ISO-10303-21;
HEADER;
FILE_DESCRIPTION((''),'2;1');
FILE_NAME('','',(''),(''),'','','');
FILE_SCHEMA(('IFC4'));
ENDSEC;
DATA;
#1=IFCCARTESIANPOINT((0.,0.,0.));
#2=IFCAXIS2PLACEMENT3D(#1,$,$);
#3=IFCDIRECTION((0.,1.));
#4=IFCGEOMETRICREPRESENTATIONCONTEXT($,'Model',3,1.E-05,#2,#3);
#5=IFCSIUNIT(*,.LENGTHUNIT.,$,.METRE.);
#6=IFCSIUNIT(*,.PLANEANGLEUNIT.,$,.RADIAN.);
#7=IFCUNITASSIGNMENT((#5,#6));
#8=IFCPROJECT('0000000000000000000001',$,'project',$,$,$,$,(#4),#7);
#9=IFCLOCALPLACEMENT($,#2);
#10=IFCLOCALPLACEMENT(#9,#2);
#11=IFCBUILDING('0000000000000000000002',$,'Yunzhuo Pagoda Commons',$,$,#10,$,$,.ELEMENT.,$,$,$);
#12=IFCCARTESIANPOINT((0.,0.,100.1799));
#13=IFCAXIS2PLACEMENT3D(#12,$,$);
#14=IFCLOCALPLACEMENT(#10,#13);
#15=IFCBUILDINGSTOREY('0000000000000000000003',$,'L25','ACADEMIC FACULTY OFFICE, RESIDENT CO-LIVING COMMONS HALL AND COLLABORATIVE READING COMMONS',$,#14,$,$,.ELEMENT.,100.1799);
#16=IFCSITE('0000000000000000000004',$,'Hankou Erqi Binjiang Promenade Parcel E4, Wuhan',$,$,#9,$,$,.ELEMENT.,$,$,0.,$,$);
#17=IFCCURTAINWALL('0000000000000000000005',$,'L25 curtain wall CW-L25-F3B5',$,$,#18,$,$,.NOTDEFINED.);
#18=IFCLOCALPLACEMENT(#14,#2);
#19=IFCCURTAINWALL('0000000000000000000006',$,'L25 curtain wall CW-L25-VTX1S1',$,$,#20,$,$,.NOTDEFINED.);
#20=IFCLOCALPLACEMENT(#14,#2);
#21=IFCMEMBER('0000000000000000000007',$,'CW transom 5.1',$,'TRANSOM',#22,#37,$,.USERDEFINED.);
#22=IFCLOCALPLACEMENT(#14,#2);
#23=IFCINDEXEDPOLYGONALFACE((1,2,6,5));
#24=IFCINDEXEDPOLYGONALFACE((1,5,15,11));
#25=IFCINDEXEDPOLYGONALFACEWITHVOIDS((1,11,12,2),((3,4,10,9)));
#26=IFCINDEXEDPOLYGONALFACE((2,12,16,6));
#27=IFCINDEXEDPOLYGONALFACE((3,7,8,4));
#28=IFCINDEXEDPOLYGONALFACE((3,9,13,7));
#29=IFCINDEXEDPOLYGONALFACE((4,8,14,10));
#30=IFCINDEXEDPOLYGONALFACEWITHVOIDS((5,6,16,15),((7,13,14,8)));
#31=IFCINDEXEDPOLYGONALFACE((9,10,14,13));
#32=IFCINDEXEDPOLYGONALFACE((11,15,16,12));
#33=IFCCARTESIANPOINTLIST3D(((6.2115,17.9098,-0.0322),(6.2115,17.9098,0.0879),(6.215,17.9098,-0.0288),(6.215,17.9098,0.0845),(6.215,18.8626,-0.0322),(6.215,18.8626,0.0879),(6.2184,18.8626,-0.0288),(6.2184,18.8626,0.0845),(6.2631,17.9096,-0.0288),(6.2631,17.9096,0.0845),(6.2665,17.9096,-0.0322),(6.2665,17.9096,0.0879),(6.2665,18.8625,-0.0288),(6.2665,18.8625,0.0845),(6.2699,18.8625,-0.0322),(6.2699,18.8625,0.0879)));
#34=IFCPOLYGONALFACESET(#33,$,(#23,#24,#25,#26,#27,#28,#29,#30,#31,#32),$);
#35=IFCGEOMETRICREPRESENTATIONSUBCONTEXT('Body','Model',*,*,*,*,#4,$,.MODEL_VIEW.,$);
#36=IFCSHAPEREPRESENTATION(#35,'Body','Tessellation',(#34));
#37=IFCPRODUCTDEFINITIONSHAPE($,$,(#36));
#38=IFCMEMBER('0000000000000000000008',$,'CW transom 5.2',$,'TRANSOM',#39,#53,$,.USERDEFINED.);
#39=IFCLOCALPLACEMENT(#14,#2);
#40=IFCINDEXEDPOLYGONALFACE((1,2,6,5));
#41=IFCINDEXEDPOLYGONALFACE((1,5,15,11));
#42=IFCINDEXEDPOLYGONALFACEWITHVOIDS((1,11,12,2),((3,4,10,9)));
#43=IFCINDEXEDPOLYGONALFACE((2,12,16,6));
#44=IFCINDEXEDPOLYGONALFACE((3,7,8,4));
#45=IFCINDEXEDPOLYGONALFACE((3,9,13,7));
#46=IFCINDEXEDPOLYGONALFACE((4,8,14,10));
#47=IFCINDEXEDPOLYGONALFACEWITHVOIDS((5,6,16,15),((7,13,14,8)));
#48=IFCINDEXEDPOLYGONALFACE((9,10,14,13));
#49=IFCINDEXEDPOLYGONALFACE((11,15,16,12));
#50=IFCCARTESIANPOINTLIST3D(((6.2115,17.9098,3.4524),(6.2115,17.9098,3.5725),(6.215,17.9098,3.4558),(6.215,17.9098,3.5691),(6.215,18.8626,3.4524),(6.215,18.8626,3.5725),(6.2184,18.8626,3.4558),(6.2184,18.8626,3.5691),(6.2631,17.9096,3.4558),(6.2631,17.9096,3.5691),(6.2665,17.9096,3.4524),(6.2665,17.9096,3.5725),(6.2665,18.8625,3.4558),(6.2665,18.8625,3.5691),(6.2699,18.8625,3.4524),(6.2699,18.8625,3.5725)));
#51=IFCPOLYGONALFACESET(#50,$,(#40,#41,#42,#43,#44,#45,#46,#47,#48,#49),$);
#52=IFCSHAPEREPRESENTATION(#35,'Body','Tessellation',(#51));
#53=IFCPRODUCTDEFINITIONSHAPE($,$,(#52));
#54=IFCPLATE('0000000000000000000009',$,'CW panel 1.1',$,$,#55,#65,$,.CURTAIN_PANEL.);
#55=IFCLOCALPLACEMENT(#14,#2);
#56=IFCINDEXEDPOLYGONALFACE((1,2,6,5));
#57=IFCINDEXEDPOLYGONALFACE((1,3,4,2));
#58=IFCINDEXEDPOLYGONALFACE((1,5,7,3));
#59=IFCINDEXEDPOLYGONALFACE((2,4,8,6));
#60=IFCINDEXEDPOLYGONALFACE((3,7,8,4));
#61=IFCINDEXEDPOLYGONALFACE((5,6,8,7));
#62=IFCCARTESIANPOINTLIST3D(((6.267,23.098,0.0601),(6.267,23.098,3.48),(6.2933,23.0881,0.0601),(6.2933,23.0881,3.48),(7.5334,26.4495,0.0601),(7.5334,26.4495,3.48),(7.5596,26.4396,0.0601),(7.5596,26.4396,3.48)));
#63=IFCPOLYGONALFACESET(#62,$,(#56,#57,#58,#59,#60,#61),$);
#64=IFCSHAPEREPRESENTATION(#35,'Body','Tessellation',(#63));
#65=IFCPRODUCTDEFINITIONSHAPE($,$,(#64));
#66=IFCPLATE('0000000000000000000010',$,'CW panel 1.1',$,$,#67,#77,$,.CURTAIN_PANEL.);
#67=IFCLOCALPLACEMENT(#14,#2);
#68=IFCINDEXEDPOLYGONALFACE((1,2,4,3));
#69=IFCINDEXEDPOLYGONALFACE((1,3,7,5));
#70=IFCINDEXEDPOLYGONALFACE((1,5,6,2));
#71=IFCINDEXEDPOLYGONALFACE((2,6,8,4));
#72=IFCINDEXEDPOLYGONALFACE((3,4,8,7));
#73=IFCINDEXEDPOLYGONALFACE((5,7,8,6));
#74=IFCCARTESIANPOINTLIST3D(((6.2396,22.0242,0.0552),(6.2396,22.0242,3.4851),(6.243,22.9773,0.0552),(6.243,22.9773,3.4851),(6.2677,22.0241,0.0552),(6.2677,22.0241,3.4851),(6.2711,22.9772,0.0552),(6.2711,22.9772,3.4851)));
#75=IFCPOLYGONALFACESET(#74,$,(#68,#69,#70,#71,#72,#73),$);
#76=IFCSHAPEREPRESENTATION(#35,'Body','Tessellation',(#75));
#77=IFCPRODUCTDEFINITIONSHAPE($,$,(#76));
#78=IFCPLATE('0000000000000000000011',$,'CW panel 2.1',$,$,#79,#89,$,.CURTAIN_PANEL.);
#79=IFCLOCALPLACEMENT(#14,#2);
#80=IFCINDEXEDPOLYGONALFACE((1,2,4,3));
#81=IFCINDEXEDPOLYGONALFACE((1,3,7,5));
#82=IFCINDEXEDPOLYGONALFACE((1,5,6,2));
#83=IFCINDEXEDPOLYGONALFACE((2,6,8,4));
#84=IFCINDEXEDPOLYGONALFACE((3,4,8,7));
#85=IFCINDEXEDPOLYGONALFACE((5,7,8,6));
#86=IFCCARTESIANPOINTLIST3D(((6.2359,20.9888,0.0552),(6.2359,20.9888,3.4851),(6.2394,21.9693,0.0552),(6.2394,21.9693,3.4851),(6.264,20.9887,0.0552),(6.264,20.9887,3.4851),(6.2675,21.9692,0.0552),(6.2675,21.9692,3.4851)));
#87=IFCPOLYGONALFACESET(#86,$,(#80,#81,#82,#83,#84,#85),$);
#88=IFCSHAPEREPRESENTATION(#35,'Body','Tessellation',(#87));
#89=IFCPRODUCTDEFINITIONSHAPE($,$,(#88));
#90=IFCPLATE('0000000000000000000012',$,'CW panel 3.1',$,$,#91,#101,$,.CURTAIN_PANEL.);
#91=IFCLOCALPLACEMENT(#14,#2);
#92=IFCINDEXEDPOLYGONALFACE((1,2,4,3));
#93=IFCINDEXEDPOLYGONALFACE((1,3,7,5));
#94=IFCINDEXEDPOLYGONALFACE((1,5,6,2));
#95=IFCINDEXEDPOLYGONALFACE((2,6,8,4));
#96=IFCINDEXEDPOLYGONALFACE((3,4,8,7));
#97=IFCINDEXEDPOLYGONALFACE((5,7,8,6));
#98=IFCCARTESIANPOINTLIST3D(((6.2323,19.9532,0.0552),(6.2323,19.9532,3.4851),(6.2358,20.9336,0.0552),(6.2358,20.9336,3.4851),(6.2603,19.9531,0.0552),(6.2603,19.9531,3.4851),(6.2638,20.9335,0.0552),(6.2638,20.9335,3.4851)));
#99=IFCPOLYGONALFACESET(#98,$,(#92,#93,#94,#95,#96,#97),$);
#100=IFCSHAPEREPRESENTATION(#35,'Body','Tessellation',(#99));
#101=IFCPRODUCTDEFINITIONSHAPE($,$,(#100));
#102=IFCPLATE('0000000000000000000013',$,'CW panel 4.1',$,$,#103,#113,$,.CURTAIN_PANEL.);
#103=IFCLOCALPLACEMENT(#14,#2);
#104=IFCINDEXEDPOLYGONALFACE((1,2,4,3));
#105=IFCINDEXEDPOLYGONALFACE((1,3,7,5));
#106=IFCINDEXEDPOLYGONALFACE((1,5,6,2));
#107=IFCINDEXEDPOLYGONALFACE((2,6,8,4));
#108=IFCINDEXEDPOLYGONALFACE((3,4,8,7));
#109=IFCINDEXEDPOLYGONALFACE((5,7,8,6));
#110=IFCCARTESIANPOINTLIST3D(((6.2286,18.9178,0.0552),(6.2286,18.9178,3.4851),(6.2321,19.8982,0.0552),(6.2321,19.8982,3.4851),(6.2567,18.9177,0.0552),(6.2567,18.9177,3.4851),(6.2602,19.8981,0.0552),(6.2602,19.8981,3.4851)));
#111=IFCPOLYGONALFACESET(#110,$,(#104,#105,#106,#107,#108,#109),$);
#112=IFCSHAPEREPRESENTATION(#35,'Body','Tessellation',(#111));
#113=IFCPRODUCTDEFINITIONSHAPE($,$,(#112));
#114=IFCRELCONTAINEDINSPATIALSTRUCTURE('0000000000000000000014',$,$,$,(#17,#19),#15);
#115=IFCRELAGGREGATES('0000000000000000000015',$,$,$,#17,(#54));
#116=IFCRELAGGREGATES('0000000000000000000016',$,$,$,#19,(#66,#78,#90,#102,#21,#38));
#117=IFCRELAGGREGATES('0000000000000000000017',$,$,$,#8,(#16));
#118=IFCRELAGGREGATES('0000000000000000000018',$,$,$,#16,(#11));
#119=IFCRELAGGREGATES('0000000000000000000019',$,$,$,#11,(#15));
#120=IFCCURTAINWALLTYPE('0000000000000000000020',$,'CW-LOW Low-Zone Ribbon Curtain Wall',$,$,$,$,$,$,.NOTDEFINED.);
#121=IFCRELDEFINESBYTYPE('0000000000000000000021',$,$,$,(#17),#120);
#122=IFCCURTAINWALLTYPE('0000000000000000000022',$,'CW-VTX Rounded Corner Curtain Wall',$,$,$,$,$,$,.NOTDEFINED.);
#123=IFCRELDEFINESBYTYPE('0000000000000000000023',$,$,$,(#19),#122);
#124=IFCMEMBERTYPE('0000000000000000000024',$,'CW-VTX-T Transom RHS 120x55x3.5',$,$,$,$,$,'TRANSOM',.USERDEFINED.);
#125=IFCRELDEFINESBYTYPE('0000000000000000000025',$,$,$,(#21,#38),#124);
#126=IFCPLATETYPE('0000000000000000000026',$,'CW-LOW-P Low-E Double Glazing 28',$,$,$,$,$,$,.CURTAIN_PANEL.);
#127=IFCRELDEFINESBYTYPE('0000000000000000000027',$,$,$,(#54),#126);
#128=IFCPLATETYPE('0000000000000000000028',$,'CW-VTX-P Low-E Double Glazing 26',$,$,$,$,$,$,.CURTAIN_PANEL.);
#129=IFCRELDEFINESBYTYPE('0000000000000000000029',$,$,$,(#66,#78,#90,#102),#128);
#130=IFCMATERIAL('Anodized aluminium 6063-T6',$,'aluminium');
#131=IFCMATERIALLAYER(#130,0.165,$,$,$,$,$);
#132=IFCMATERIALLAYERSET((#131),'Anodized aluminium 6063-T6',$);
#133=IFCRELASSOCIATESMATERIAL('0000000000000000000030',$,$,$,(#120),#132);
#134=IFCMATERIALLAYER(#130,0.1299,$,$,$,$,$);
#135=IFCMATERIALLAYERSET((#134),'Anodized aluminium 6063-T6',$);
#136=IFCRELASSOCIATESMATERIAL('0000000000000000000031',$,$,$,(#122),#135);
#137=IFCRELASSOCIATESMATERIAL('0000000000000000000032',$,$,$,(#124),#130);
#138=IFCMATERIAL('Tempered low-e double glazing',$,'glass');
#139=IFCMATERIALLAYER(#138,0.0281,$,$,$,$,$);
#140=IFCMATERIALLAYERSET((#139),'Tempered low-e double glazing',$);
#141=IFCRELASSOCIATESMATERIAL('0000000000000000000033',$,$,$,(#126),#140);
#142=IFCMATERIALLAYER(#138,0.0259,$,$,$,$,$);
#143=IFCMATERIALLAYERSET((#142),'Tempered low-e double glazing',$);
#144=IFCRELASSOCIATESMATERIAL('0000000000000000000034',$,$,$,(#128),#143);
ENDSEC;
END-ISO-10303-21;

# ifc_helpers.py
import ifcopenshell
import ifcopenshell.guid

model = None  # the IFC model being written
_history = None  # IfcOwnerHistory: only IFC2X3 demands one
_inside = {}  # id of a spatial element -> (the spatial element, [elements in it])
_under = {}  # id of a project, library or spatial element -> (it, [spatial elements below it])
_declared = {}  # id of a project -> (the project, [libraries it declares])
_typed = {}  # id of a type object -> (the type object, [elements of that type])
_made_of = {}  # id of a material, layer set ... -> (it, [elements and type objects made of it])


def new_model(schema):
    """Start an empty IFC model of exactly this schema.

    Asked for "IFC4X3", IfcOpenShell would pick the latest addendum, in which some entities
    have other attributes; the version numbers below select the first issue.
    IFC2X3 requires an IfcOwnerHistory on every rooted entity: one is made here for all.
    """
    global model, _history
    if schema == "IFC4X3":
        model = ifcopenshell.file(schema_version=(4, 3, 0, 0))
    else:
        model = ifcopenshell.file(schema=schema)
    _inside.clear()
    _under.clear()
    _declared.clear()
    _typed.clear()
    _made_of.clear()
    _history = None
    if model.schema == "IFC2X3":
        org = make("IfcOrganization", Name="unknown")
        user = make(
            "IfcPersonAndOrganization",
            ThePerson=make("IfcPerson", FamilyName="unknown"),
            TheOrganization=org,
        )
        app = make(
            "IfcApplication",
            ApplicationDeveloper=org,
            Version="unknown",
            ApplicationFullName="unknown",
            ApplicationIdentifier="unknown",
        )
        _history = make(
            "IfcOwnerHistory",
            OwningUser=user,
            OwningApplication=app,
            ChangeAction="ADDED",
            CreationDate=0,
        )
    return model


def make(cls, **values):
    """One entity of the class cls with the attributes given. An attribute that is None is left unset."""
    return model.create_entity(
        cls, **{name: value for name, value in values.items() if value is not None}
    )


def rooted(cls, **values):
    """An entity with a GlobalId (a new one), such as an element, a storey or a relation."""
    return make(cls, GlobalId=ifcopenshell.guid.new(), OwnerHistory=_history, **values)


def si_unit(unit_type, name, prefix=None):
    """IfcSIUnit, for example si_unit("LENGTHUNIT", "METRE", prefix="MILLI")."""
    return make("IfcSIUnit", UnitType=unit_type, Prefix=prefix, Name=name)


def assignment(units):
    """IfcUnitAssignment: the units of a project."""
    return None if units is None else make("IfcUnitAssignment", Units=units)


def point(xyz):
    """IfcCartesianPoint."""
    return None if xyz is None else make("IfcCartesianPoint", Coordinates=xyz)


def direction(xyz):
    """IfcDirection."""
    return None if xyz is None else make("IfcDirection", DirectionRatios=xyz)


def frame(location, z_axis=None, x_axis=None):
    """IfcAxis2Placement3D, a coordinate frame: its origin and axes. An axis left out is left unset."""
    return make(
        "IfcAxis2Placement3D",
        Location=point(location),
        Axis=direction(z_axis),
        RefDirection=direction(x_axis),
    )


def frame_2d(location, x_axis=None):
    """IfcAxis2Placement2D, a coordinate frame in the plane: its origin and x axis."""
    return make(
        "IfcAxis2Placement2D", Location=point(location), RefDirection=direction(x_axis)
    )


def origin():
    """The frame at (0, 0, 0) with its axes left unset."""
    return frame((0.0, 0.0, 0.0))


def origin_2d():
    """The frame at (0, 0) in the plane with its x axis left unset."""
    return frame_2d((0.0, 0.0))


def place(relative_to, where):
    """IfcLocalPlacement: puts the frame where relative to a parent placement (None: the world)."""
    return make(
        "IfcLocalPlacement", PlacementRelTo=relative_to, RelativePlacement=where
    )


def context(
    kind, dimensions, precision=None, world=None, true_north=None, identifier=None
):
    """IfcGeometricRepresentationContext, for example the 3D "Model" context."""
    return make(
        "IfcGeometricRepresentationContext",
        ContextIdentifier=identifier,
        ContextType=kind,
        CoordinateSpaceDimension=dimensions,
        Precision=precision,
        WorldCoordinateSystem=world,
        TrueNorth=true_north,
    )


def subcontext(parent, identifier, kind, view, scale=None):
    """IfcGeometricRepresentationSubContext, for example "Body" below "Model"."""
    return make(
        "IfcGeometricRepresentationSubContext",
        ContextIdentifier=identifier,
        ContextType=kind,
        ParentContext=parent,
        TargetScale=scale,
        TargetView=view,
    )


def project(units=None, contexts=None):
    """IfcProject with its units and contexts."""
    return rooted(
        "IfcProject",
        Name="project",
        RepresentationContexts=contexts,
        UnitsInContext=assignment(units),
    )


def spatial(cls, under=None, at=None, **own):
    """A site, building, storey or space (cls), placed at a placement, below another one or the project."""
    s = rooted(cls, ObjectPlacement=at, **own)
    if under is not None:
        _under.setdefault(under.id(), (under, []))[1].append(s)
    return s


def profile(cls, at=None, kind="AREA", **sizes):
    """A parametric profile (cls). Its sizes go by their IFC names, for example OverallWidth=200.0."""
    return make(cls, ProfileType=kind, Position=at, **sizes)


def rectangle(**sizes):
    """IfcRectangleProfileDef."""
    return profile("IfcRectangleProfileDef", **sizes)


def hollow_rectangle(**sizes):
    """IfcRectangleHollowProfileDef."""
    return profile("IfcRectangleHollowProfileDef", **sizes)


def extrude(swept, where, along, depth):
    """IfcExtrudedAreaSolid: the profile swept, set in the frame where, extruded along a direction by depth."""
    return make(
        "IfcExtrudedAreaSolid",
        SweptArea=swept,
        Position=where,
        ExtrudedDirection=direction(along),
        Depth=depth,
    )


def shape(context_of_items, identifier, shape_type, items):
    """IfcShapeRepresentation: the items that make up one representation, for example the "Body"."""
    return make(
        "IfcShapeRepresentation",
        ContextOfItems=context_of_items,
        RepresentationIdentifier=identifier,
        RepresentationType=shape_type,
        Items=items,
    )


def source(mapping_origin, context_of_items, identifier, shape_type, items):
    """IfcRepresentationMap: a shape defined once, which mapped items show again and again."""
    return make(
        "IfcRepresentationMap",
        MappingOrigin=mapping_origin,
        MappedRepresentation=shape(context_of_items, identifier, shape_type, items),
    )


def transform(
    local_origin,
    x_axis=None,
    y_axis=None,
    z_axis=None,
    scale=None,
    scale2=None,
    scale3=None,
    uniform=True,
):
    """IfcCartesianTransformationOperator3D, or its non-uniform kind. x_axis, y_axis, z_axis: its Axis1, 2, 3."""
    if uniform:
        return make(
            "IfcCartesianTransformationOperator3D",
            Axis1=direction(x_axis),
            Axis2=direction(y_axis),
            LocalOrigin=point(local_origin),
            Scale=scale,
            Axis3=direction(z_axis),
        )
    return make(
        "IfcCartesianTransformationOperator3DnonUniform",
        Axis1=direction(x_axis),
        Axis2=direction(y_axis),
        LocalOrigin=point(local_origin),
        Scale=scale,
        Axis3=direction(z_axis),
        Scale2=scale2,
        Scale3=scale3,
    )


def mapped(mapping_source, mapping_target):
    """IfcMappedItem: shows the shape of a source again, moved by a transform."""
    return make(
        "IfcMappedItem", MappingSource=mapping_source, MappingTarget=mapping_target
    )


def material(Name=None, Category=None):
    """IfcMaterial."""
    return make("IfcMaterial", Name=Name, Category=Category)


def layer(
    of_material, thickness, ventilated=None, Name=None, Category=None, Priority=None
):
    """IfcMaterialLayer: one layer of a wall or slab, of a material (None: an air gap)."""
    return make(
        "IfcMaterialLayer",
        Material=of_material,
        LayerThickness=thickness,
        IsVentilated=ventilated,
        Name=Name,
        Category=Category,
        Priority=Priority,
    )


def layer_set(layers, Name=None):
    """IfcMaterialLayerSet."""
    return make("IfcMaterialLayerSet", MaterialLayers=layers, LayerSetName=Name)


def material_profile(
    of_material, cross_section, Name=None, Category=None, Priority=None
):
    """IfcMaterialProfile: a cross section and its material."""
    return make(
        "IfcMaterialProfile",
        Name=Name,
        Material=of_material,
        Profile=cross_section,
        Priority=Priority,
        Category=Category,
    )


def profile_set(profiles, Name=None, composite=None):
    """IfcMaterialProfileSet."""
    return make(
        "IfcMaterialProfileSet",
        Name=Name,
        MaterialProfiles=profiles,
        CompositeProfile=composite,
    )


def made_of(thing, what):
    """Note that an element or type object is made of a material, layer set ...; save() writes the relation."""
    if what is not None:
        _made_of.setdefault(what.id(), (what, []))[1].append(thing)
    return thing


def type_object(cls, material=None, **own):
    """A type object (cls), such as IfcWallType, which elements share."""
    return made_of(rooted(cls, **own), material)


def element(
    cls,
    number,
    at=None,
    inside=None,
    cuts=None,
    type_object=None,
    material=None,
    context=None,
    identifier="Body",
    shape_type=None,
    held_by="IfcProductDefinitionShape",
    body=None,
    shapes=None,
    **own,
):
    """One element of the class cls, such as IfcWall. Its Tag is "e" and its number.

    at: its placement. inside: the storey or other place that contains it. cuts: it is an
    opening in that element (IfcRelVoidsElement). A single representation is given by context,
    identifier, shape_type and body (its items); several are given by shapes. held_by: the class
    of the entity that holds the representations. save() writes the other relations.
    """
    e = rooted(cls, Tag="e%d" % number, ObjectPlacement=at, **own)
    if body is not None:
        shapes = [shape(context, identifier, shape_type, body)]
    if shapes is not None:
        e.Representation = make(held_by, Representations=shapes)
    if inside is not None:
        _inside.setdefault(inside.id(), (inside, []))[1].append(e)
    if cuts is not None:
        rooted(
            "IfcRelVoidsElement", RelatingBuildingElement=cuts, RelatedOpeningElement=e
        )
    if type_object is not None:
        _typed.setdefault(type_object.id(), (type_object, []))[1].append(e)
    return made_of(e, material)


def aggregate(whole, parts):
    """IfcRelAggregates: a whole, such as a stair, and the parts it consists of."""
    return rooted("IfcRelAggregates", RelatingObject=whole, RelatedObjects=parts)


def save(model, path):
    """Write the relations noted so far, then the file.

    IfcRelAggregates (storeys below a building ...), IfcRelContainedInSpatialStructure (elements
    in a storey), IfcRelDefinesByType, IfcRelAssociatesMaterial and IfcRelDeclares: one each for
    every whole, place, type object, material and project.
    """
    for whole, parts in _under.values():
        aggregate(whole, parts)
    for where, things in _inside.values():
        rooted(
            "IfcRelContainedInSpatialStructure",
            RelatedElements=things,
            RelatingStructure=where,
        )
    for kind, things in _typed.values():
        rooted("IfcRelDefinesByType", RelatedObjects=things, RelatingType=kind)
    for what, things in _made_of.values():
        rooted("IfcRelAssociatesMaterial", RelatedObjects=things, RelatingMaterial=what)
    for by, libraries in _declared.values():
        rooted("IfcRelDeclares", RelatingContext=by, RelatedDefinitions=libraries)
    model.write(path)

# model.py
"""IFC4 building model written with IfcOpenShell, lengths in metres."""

from ifc_helpers import new_model, si_unit, direction, frame, origin, origin_2d, place, context, subcontext, project, spatial, rectangle, hollow_rectangle, extrude, source, transform, mapped, material, layer, layer_set, material_profile, profile_set, type_object, element, aggregate, save


model = new_model("IFC4")

# Units and contexts
model_context = context("Model", 3, precision=1e-05, world=origin(), true_north=direction((0.0, 1.0)))
body_context = subcontext(model_context, "Body", "Model", "MODEL_VIEW")
ifc_project = project(units=[si_unit("LENGTHUNIT", "METRE"), si_unit("PLANEANGLEUNIT", "RADIAN")], contexts=[model_context])

# Site, building, storey
site_placement = place(None, origin())
site = spatial("IfcSite", under=ifc_project, at=site_placement, Name="Hankou Erqi Binjiang Promenade Parcel E4, Wuhan", CompositionType="ELEMENT", RefElevation=0.0)
building_placement = place(site_placement, origin())
building = spatial("IfcBuilding", under=site, at=building_placement, Name="Yunzhuo Pagoda Commons", CompositionType="ELEMENT")
storey_placement = place(building_placement, frame((0.0, 0.0, 100.1799)))
storey = spatial("IfcBuildingStorey", under=building, at=storey_placement, Name="L25", Description="ACADEMIC FACULTY OFFICE, RESIDENT CO-LIVING COMMONS HALL AND COLLABORATIVE READING COMMONS", CompositionType="ELEMENT", Elevation=100.1799)

# Shared definitions
ifc_material_1 = material(Name="Anodized aluminium 6063-T6", Category="aluminium")
ifc_layer_1 = layer(ifc_material_1, 0.165)
ifc_layer_set_1 = layer_set([ifc_layer_1], Name="Anodized aluminium 6063-T6")
curtain_wall_type_1 = type_object("IfcCurtainWallType", Name="CW-LOW Low-Zone Ribbon Curtain Wall", PredefinedType="NOTDEFINED", material=ifc_layer_set_1)

# Curtain walls, members
curtain_wall_1_placement = place(storey_placement, origin())
curtain_wall_1 = element("IfcCurtainWall", 1, at=curtain_wall_1_placement, inside=storey, type_object=curtain_wall_type_1, Name="L25 curtain wall CW-L25-F3B5", PredefinedType="NOTDEFINED")
ifc_layer_2 = layer(ifc_material_1, 0.1299)
ifc_layer_set_2 = layer_set([ifc_layer_2], Name="Anodized aluminium 6063-T6")
curtain_wall_type_2 = type_object("IfcCurtainWallType", Name="CW-VTX Rounded Corner Curtain Wall", PredefinedType="NOTDEFINED", material=ifc_layer_set_2)
curtain_wall_2_placement = place(storey_placement, origin())
curtain_wall_2 = element("IfcCurtainWall", 2, at=curtain_wall_2_placement, inside=storey, type_object=curtain_wall_type_2, Name="L25 curtain wall CW-L25-VTX1S1", PredefinedType="NOTDEFINED")
ifc_material_profile_1 = material_profile(ifc_material_1, hollow_rectangle(XDim=0.0549, YDim=0.1201, WallThickness=0.0034, at=origin_2d()), Name="Anodized aluminium 6063-T6")
ifc_profile_set_1 = profile_set([ifc_material_profile_1], Name="Anodized aluminium 6063-T6")
member_type_1 = type_object("IfcMemberType", Name="CW-VTX-T Transom RHS 120x55x3.5", ElementType="TRANSOM", PredefinedType="USERDEFINED", material=ifc_profile_set_1)
shared_shape_1 = source(origin(), body_context, "Body", "SweptSolid", [
    extrude(hollow_rectangle(XDim=0.0549, YDim=0.1201, WallThickness=0.0034, at=origin_2d()), origin(), (0.0, 0.0, 1.0), 0.9529),
])
member_1_placement = place(storey_placement, frame((6.2424, 18.8625, 0.0278), z_axis=(-0.003587, -0.999994, 0.0), x_axis=(0.999994, -0.003587, 0.0)))
member_1 = element("IfcMember", 3, at=member_1_placement, type_object=member_type_1, Name="CW transom 5.1", ObjectType="TRANSOM", PredefinedType="USERDEFINED", context=body_context, shape_type="MappedRepresentation", body=[
    mapped(shared_shape_1, transform((0.0, 0.0, 0.0), scale=1.0)),
])
member_2_placement = place(storey_placement, frame((6.2424, 18.8625, 3.5125), z_axis=(-0.003587, -0.999994, 0.0), x_axis=(0.999994, -0.003587, 0.0)))
member_2 = element("IfcMember", 4, at=member_2_placement, type_object=member_type_1, Name="CW transom 5.2", ObjectType="TRANSOM", PredefinedType="USERDEFINED", context=body_context, shape_type="MappedRepresentation", body=[
    mapped(shared_shape_1, transform((0.0, 0.0, 0.0), scale=1.0)),
])

# Plates
ifc_material_2 = material(Name="Tempered low-e double glazing", Category="glass")
ifc_layer_3 = layer(ifc_material_2, 0.0281)
ifc_layer_set_3 = layer_set([ifc_layer_3], Name="Tempered low-e double glazing")
plate_type_1 = type_object("IfcPlateType", Name="CW-LOW-P Low-E Double Glazing 28", PredefinedType="CURTAIN_PANEL", material=ifc_layer_set_3)
shared_shape_2 = source(origin(), body_context, "Body", "SweptSolid", [
    extrude(rectangle(XDim=3.5828, YDim=0.0281, at=origin_2d()), origin(), (0.0, 0.0, 1.0), 3.4199),
])
plate_1_placement = place(storey_placement, frame((6.9133, 24.7688, 0.0601), z_axis=(0.0, 0.0, 1.0), x_axis=(-0.353448, -0.935454, 0.0)))
plate_1 = element("IfcPlate", 5, at=plate_1_placement, type_object=plate_type_1, Name="CW panel 1.1", PredefinedType="CURTAIN_PANEL", context=body_context, shape_type="MappedRepresentation", body=[
    mapped(shared_shape_2, transform((0.0, 0.0, 0.0), scale=1.0)),
])
aggregate(curtain_wall_1, [plate_1])
ifc_layer_4 = layer(ifc_material_2, 0.0259)
ifc_layer_set_4 = layer_set([ifc_layer_4], Name="Tempered low-e double glazing")
plate_type_2 = type_object("IfcPlateType", Name="CW-VTX-P Low-E Double Glazing 26", PredefinedType="CURTAIN_PANEL", material=ifc_layer_set_4)
shared_shape_3 = source(origin(), body_context, "Body", "SweptSolid", [
    extrude(rectangle(XDim=0.9531, YDim=0.0281, at=origin_2d()), origin(), (0.0, 0.0, 1.0), 3.4299),
])
plate_2_placement = place(storey_placement, frame((6.2554, 22.5007, 0.0552), z_axis=(0.0, 0.0, 1.0), x_axis=(-0.003573, -0.999994, 0.0)))
plate_2 = element("IfcPlate", 6, at=plate_2_placement, type_object=plate_type_2, Name="CW panel 1.1", PredefinedType="CURTAIN_PANEL", context=body_context, shape_type="MappedRepresentation", body=[
    mapped(shared_shape_3, transform((0.0, 0.0, 0.0), scale=1.0)),
])
shared_shape_4 = source(origin(), body_context, "Body", "SweptSolid", [
    extrude(rectangle(XDim=0.9805, YDim=0.0281, at=origin_2d()), origin(), (0.0, 0.0, 1.0), 3.4299),
])
plate_3_placement = place(storey_placement, frame((6.2517, 21.479, 0.0552), z_axis=(0.0, 0.0, 1.0), x_axis=(-0.003573, -0.999994, 0.0)))
plate_3 = element("IfcPlate", 7, at=plate_3_placement, type_object=plate_type_2, Name="CW panel 2.1", PredefinedType="CURTAIN_PANEL", context=body_context, shape_type="MappedRepresentation", body=[
    mapped(shared_shape_4, transform((0.0, 0.0, 0.0), scale=1.0)),
])
plate_4_placement = place(storey_placement, frame((6.248, 20.4434, 0.0552), z_axis=(0.0, 0.0, 1.0), x_axis=(-0.003573, -0.999994, 0.0)))
plate_4 = element("IfcPlate", 8, at=plate_4_placement, type_object=plate_type_2, Name="CW panel 3.1", PredefinedType="CURTAIN_PANEL", context=body_context, shape_type="MappedRepresentation", body=[
    mapped(shared_shape_4, transform((0.0, 0.0, 0.0), scale=1.0)),
])
plate_5_placement = place(storey_placement, frame((6.2444, 19.408, 0.0552), z_axis=(0.0, 0.0, 1.0), x_axis=(-0.003573, -0.999994, 0.0)))
plate_5 = element("IfcPlate", 9, at=plate_5_placement, type_object=plate_type_2, Name="CW panel 4.1", PredefinedType="CURTAIN_PANEL", context=body_context, shape_type="MappedRepresentation", body=[
    mapped(shared_shape_4, transform((0.0, 0.0, 0.0), scale=1.0)),
])
aggregate(curtain_wall_2, [plate_2, plate_3, plate_4, plate_5, member_1, member_2])

save(model, "model.ifc")
